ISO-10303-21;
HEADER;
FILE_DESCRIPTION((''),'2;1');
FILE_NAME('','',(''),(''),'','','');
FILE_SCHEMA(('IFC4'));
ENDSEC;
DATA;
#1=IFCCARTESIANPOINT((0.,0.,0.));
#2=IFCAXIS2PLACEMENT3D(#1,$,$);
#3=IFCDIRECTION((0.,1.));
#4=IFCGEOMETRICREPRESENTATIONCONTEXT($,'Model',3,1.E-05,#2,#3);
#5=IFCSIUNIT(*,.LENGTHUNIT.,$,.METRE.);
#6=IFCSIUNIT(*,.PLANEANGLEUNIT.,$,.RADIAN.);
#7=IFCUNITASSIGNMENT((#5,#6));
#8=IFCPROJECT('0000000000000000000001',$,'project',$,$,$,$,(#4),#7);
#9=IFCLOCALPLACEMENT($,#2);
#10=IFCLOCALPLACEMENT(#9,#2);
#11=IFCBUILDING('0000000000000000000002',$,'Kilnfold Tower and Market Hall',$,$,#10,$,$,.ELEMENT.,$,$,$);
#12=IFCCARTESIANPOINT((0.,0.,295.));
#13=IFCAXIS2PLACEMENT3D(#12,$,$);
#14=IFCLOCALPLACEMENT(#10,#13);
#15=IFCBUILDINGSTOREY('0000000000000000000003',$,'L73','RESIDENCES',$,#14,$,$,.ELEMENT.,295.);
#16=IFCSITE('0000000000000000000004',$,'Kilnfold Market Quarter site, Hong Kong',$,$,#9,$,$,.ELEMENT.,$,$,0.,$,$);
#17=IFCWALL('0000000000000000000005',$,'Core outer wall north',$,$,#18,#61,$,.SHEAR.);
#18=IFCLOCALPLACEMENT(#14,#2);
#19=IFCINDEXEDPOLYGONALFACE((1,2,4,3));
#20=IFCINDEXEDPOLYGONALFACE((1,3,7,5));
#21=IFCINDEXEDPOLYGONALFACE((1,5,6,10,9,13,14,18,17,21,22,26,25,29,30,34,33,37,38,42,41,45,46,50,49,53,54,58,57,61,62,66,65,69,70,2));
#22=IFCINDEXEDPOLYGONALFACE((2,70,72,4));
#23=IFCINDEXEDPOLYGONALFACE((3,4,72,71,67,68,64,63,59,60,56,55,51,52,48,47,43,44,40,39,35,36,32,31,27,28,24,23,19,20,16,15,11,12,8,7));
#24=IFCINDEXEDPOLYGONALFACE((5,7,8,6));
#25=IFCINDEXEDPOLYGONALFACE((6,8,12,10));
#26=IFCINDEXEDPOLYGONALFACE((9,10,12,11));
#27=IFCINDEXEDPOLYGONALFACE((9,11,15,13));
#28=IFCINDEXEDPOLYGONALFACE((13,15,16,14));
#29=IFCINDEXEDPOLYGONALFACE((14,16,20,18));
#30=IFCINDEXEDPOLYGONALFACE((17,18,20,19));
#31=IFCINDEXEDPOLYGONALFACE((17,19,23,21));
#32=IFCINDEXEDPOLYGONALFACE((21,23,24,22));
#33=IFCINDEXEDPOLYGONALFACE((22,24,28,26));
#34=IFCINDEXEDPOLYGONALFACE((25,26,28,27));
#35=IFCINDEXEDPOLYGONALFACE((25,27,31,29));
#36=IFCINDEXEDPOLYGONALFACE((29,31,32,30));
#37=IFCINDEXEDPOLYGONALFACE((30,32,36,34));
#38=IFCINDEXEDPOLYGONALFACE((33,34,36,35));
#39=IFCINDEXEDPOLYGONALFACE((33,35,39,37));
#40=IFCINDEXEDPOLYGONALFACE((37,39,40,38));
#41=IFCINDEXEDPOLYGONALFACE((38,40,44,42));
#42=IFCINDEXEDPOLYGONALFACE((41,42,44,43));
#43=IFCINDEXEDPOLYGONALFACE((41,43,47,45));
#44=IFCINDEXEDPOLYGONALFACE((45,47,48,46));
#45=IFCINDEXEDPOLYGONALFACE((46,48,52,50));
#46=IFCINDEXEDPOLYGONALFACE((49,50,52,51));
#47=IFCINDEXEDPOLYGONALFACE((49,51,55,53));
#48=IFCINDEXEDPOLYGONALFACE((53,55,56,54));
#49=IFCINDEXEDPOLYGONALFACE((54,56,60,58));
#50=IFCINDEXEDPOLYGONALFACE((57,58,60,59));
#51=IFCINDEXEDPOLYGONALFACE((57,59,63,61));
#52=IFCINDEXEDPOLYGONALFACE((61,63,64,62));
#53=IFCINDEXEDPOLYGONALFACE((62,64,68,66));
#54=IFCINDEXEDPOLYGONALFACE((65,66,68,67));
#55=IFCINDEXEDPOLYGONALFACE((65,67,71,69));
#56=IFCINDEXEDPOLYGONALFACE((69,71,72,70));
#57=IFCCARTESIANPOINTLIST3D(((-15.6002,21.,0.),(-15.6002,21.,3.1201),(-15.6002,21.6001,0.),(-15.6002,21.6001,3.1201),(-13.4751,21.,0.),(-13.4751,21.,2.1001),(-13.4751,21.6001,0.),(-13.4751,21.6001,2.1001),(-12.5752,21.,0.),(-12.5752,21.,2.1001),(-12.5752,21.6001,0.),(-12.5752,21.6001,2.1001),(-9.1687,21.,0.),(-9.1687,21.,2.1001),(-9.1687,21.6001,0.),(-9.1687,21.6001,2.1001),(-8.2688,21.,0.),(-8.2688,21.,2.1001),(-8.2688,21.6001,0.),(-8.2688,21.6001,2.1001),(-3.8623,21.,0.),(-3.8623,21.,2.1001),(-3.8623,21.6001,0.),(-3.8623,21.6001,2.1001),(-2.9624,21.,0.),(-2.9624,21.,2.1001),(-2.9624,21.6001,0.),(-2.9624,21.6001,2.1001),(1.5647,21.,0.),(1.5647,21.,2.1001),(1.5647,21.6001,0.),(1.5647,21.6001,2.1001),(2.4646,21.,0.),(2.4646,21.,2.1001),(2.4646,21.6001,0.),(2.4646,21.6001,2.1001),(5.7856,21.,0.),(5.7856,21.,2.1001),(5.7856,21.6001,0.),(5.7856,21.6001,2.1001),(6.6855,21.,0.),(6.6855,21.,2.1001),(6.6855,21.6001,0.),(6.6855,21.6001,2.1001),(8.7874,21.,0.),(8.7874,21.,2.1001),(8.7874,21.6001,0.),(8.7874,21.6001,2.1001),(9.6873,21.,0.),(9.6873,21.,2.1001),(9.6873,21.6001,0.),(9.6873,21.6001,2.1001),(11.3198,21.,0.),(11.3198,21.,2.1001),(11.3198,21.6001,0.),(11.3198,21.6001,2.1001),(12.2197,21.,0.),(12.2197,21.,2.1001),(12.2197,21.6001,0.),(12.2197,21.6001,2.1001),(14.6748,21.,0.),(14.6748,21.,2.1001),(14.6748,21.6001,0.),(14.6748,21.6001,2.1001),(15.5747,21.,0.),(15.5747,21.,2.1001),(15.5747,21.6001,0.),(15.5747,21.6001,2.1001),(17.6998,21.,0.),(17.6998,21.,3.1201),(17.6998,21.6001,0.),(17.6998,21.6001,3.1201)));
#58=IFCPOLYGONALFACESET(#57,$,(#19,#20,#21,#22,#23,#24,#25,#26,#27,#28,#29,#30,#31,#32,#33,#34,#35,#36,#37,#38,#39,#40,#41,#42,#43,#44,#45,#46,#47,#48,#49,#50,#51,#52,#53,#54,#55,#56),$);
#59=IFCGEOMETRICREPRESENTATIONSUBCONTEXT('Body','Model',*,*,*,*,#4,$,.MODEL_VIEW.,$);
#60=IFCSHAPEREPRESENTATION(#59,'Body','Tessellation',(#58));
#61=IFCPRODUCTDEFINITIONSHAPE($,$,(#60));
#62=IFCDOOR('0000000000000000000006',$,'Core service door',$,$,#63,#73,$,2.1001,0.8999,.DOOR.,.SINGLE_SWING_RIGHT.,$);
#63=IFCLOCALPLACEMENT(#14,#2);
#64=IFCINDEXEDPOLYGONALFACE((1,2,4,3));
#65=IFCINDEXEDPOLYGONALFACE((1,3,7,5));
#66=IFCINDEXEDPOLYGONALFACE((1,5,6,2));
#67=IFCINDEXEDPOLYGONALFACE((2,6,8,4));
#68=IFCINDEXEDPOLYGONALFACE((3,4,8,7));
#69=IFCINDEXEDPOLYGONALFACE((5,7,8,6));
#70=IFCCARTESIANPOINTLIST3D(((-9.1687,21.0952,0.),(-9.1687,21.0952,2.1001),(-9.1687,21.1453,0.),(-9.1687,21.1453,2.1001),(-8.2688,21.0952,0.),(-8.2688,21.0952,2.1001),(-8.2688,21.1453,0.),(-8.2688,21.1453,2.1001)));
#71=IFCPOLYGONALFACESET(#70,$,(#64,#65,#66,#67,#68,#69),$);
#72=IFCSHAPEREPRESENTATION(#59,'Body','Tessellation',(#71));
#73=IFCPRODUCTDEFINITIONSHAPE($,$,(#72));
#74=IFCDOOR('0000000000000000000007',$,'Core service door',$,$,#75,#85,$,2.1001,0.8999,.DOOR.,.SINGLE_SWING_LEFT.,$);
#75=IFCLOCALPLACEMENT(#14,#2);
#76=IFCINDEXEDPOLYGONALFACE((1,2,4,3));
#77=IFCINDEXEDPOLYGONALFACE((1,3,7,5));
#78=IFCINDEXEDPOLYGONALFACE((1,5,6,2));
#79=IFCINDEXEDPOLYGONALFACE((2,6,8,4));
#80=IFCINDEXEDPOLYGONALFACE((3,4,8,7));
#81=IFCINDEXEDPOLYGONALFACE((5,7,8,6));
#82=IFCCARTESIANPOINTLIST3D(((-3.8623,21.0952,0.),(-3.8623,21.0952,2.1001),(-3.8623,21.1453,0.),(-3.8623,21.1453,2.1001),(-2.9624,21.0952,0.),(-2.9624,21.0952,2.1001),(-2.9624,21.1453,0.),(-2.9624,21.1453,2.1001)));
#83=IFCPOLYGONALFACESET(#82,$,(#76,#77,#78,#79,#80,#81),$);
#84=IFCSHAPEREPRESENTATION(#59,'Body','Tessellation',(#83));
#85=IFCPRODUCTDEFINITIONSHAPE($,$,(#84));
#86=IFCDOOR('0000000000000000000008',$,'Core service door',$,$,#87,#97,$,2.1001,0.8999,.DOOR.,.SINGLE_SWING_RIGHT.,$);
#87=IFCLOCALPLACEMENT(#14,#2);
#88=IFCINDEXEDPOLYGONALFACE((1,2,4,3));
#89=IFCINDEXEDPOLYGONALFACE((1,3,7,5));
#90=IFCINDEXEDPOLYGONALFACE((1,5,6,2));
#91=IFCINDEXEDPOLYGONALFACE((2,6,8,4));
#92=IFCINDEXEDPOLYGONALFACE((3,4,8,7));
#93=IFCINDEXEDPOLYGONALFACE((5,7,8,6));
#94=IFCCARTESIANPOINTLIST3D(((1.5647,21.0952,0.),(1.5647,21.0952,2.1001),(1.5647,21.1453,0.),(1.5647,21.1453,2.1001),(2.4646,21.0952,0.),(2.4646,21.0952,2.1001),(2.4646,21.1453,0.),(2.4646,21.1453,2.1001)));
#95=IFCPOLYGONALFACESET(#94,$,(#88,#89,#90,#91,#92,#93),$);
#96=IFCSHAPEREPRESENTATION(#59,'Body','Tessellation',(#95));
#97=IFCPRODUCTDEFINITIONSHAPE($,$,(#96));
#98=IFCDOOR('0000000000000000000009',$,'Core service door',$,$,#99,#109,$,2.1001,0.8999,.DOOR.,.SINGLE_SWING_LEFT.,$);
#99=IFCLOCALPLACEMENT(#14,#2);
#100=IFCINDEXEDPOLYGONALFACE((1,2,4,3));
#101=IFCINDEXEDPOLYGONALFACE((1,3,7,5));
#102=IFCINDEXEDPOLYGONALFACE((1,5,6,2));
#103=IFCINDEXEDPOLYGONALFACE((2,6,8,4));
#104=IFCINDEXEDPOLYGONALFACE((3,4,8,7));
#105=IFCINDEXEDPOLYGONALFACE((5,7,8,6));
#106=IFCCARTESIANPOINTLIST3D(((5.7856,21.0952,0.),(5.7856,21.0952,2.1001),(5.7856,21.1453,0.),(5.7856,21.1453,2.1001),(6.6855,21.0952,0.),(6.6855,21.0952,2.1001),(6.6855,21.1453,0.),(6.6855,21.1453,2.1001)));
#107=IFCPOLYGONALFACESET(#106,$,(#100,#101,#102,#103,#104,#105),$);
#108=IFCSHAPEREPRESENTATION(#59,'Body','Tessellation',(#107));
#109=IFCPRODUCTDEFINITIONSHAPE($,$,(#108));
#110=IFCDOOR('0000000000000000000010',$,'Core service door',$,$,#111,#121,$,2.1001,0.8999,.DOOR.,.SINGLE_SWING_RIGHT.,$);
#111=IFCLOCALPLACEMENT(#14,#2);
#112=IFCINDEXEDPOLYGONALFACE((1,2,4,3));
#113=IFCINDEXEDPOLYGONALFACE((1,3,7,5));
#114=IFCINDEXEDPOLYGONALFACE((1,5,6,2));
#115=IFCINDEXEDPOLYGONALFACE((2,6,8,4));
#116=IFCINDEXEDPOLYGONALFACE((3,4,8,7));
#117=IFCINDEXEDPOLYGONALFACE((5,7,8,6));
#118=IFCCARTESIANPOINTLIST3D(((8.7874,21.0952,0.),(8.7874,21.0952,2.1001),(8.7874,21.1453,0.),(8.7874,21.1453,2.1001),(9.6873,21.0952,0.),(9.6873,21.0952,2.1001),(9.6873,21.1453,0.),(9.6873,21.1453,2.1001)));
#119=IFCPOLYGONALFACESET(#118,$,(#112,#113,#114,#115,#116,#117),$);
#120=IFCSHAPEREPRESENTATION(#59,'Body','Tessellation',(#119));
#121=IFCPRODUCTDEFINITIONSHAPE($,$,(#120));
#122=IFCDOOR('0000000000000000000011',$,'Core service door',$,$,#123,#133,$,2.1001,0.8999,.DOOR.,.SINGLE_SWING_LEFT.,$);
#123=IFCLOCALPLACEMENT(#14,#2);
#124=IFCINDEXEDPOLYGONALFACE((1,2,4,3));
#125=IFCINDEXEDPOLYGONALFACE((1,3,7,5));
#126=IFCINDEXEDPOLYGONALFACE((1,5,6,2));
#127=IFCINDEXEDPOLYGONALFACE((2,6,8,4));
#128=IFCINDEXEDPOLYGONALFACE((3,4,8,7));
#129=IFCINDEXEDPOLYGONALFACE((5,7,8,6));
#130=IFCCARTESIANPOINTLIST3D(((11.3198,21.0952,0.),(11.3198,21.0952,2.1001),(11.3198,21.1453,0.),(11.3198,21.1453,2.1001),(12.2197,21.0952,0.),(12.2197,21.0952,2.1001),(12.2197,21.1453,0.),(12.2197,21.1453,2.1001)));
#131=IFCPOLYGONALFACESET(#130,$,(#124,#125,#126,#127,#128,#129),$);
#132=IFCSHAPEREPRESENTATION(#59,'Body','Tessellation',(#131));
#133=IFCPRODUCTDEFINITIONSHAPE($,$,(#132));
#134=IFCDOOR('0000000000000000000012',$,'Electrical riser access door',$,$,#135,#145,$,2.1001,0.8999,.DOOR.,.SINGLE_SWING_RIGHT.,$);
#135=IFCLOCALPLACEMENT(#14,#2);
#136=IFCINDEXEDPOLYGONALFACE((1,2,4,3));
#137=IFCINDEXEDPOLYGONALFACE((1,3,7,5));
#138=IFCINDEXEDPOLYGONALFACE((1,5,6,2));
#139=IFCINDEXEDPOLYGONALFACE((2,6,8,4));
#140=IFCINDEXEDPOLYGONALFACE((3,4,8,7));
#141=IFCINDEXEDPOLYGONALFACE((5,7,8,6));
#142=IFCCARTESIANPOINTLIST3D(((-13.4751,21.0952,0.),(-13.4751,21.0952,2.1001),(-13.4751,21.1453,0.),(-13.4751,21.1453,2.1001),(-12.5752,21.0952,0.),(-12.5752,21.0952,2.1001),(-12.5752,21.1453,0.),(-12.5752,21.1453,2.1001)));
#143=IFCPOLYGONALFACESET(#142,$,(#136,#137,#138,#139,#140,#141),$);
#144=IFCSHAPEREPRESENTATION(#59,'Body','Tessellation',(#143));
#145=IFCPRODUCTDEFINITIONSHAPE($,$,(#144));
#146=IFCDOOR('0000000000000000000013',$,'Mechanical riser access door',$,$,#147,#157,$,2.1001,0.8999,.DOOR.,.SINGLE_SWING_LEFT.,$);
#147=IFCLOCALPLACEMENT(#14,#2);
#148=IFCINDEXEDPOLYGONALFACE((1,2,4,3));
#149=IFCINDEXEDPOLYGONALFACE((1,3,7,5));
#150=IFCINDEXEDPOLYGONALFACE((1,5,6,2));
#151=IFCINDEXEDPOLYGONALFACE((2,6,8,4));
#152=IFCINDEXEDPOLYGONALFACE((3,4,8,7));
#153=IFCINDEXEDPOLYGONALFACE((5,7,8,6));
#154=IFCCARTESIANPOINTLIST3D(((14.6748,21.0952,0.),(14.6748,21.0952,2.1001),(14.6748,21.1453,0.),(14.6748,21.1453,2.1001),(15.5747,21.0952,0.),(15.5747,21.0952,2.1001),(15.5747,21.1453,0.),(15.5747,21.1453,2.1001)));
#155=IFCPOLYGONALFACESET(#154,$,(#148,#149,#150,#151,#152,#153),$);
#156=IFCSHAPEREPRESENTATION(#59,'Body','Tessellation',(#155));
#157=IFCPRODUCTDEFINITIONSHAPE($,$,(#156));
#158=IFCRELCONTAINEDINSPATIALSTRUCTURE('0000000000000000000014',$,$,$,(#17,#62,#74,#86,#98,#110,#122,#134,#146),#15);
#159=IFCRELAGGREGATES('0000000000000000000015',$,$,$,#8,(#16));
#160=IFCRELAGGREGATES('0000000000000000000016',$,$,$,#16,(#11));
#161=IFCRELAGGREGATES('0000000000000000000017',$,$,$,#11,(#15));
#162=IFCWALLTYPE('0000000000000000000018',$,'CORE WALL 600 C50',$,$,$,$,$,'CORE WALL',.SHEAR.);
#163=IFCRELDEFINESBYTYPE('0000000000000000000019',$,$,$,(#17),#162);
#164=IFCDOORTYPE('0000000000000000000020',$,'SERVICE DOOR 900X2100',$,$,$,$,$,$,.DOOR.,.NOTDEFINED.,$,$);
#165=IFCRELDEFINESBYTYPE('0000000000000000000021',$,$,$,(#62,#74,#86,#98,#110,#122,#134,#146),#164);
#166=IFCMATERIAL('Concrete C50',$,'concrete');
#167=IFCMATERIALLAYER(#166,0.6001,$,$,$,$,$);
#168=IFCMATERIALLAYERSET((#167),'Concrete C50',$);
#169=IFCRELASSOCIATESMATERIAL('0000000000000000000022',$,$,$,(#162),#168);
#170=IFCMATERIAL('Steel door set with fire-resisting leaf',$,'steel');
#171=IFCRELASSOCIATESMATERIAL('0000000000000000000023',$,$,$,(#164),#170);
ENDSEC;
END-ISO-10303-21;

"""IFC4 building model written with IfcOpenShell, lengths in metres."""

from ifc_helpers import new_model, si_unit, direction, frame, frame_2d, origin, place, context, subcontext, project, spatial, rectangle, extrude, source, transform, mapped, material, layer, layer_set, type_object, element, fill, save


model = new_model("IFC4")

# Units and contexts
model_context = context("Model", 3, precision=1e-05, world=origin(), true_north=direction((0.0, 1.0)))
body_context = subcontext(model_context, "Body", "Model", "MODEL_VIEW")
ifc_project = project(units=[si_unit("LENGTHUNIT", "METRE"), si_unit("PLANEANGLEUNIT", "RADIAN")], contexts=[model_context])

# Site, building, storey
site_placement = place(None, origin())
site = spatial("IfcSite", under=ifc_project, at=site_placement, Name="Kilnfold Market Quarter site, Hong Kong", CompositionType="ELEMENT", RefElevation=0.0)
building_placement = place(site_placement, origin())
building = spatial("IfcBuilding", under=site, at=building_placement, Name="Kilnfold Tower and Market Hall", CompositionType="ELEMENT")
storey_placement = place(building_placement, frame((0.0, 0.0, 295.0)))
storey = spatial("IfcBuildingStorey", under=building, at=storey_placement, Name="L73", Description="RESIDENCES", CompositionType="ELEMENT", Elevation=295.0)

# Wall, openings, doors
ifc_material_1 = material(Name="Concrete C50", Category="concrete")
ifc_layer_1 = layer(ifc_material_1, 0.6001)
ifc_layer_set_1 = layer_set([ifc_layer_1], Name="Concrete C50")
wall_type_1 = type_object("IfcWallType", Name="CORE WALL 600 C50", ElementType="CORE WALL", PredefinedType="SHEAR", material=ifc_layer_set_1)
shared_shape_1 = source(origin(), body_context, "Body", "SweptSolid", [
    extrude(rectangle(XDim=33.3, YDim=0.6001, at=frame_2d((16.6499, 0.0))), origin(), (0.0, 0.0, 1.0), 3.1201),
])
wall_1_placement = place(storey_placement, frame((-15.6001, 21.3, 0.0), z_axis=(0.0, 0.0, 1.0), x_axis=(1.0, 0.0, 0.0)))
wall_1 = element("IfcWall", 1, at=wall_1_placement, inside=storey, type_object=wall_type_1, Name="Core outer wall north", PredefinedType="SHEAR", context=body_context, shape_type="MappedRepresentation", body=[
    mapped(shared_shape_1, transform((0.0, 0.0, 0.0))),
])
opening_1_placement = place(wall_1_placement, frame((6.4314, 0.0, 0.0)))
opening_1 = element("IfcOpeningElement", 2, at=opening_1_placement, cuts=wall_1, PredefinedType="OPENING", context=body_context, shape_type="SweptSolid", body=[
    extrude(rectangle(XDim=0.8999, YDim=2.1001, at=frame_2d((0.45, 1.05))), frame((0.0, 0.3101, 0.0), z_axis=(0.0, -1.0, 0.0), x_axis=(1.0, 0.0, 0.0)), (0.0, 0.0, 1.0), 0.6201),
])
opening_2_placement = place(wall_1_placement, frame((11.7378, 0.0, 0.0)))
opening_2 = element("IfcOpeningElement", 3, at=opening_2_placement, cuts=wall_1, PredefinedType="OPENING", context=body_context, shape_type="SweptSolid", body=[
    extrude(rectangle(XDim=0.8999, YDim=2.1001, at=frame_2d((0.45, 1.05))), frame((0.0, 0.3101, 0.0), z_axis=(0.0, -1.0, 0.0), x_axis=(1.0, 0.0, 0.0)), (0.0, 0.0, 1.0), 0.6201),
])
opening_3_placement = place(wall_1_placement, frame((17.1648, 0.0, 0.0)))
opening_3 = element("IfcOpeningElement", 4, at=opening_3_placement, cuts=wall_1, PredefinedType="OPENING", context=body_context, shape_type="SweptSolid", body=[
    extrude(rectangle(XDim=0.8999, YDim=2.1001, at=frame_2d((0.45, 1.05))), frame((0.0, 0.3101, 0.0), z_axis=(0.0, -1.0, 0.0), x_axis=(1.0, 0.0, 0.0)), (0.0, 0.0, 1.0), 0.6201),
])
opening_4_placement = place(wall_1_placement, frame((21.3857, 0.0, 0.0)))
opening_4 = element("IfcOpeningElement", 5, at=opening_4_placement, cuts=wall_1, PredefinedType="OPENING", context=body_context, shape_type="SweptSolid", body=[
    extrude(rectangle(XDim=0.8999, YDim=2.1001, at=frame_2d((0.45, 1.05))), frame((0.0, 0.3101, 0.0), z_axis=(0.0, -1.0, 0.0), x_axis=(1.0, 0.0, 0.0)), (0.0, 0.0, 1.0), 0.6201),
])
opening_5_placement = place(wall_1_placement, frame((24.3875, 0.0, 0.0)))
opening_5 = element("IfcOpeningElement", 6, at=opening_5_placement, cuts=wall_1, PredefinedType="OPENING", context=body_context, shape_type="SweptSolid", body=[
    extrude(rectangle(XDim=0.8999, YDim=2.1001, at=frame_2d((0.45, 1.05))), frame((0.0, 0.3101, 0.0), z_axis=(0.0, -1.0, 0.0), x_axis=(1.0, 0.0, 0.0)), (0.0, 0.0, 1.0), 0.6201),
])
opening_6_placement = place(wall_1_placement, frame((26.9199, 0.0, 0.0)))
opening_6 = element("IfcOpeningElement", 7, at=opening_6_placement, cuts=wall_1, PredefinedType="OPENING", context=body_context, shape_type="SweptSolid", body=[
    extrude(rectangle(XDim=0.8999, YDim=2.1001, at=frame_2d((0.45, 1.05))), frame((0.0, 0.3101, 0.0), z_axis=(0.0, -1.0, 0.0), x_axis=(1.0, 0.0, 0.0)), (0.0, 0.0, 1.0), 0.6201),
])
opening_7_placement = place(wall_1_placement, frame((2.125, 0.0, 0.0)))
opening_7 = element("IfcOpeningElement", 8, at=opening_7_placement, cuts=wall_1, PredefinedType="OPENING", context=body_context, shape_type="SweptSolid", body=[
    extrude(rectangle(XDim=0.8999, YDim=2.1001, at=frame_2d((0.45, 1.05))), frame((0.0, 0.3101, 0.0), z_axis=(0.0, -1.0, 0.0), x_axis=(1.0, 0.0, 0.0)), (0.0, 0.0, 1.0), 0.6201),
])
opening_8_placement = place(wall_1_placement, frame((30.2749, 0.0, 0.0)))
opening_8 = element("IfcOpeningElement", 9, at=opening_8_placement, cuts=wall_1, PredefinedType="OPENING", context=body_context, shape_type="SweptSolid", body=[
    extrude(rectangle(XDim=0.8999, YDim=2.1001, at=frame_2d((0.45, 1.05))), frame((0.0, 0.3101, 0.0), z_axis=(0.0, -1.0, 0.0), x_axis=(1.0, 0.0, 0.0)), (0.0, 0.0, 1.0), 0.6201),
])
ifc_material_2 = material(Name="Steel door set with fire-resisting leaf", Category="steel")
door_type = type_object("IfcDoorType", Name="SERVICE DOOR 900X2100", OperationType="NOTDEFINED", PredefinedType="DOOR", material=ifc_material_2)
door_1_placement = place(opening_1_placement, origin())
door_1 = element("IfcDoor", 10, at=door_1_placement, inside=storey, type_object=door_type, Name="Core service door", OperationType="SINGLE_SWING_RIGHT", OverallHeight=2.1001, OverallWidth=0.8999, PredefinedType="DOOR", context=body_context, shape_type="SweptSolid", body=[
    extrude(rectangle(XDim=0.8999, YDim=2.1001, at=frame_2d((0.45, 1.05))), frame((0.0, -0.1548, 0.0), z_axis=(0.0, -1.0, 0.0), x_axis=(1.0, 0.0, 0.0)), (0.0, 0.0, 1.0), 0.05),
])
fill(opening_1, door_1)
door_2_placement = place(opening_2_placement, origin())
door_2 = element("IfcDoor", 11, at=door_2_placement, inside=storey, type_object=door_type, Name="Core service door", OperationType="SINGLE_SWING_LEFT", OverallHeight=2.1001, OverallWidth=0.8999, PredefinedType="DOOR", context=body_context, shape_type="SweptSolid", body=[
    extrude(rectangle(XDim=0.8999, YDim=2.1001, at=frame_2d((0.45, 1.05))), frame((0.0, -0.1548, 0.0), z_axis=(0.0, -1.0, 0.0), x_axis=(1.0, 0.0, 0.0)), (0.0, 0.0, 1.0), 0.05),
])
fill(opening_2, door_2)
door_3_placement = place(opening_3_placement, origin())
door_3 = element("IfcDoor", 12, at=door_3_placement, inside=storey, type_object=door_type, Name="Core service door", OperationType="SINGLE_SWING_RIGHT", OverallHeight=2.1001, OverallWidth=0.8999, PredefinedType="DOOR", context=body_context, shape_type="SweptSolid", body=[
    extrude(rectangle(XDim=0.8999, YDim=2.1001, at=frame_2d((0.45, 1.05))), frame((0.0, -0.1548, 0.0), z_axis=(0.0, -1.0, 0.0), x_axis=(1.0, 0.0, 0.0)), (0.0, 0.0, 1.0), 0.05),
])
fill(opening_3, door_3)
door_4_placement = place(opening_4_placement, origin())
door_4 = element("IfcDoor", 13, at=door_4_placement, inside=storey, type_object=door_type, Name="Core service door", OperationType="SINGLE_SWING_LEFT", OverallHeight=2.1001, OverallWidth=0.8999, PredefinedType="DOOR", context=body_context, shape_type="SweptSolid", body=[
    extrude(rectangle(XDim=0.8999, YDim=2.1001, at=frame_2d((0.45, 1.05))), frame((0.0, -0.1548, 0.0), z_axis=(0.0, -1.0, 0.0), x_axis=(1.0, 0.0, 0.0)), (0.0, 0.0, 1.0), 0.05),
])
fill(opening_4, door_4)
door_5_placement = place(opening_5_placement, origin())
door_5 = element("IfcDoor", 14, at=door_5_placement, inside=storey, type_object=door_type, Name="Core service door", OperationType="SINGLE_SWING_RIGHT", OverallHeight=2.1001, OverallWidth=0.8999, PredefinedType="DOOR", context=body_context, shape_type="SweptSolid", body=[
    extrude(rectangle(XDim=0.8999, YDim=2.1001, at=frame_2d((0.45, 1.05))), frame((0.0, -0.1548, 0.0), z_axis=(0.0, -1.0, 0.0), x_axis=(1.0, 0.0, 0.0)), (0.0, 0.0, 1.0), 0.05),
])
fill(opening_5, door_5)
door_6_placement = place(opening_6_placement, origin())
door_6 = element("IfcDoor", 15, at=door_6_placement, inside=storey, type_object=door_type, Name="Core service door", OperationType="SINGLE_SWING_LEFT", OverallHeight=2.1001, OverallWidth=0.8999, PredefinedType="DOOR", context=body_context, shape_type="SweptSolid", body=[
    extrude(rectangle(XDim=0.8999, YDim=2.1001, at=frame_2d((0.45, 1.05))), frame((0.0, -0.1548, 0.0), z_axis=(0.0, -1.0, 0.0), x_axis=(1.0, 0.0, 0.0)), (0.0, 0.0, 1.0), 0.05),
])
fill(opening_6, door_6)
door_7_placement = place(opening_7_placement, origin())
door_7 = element("IfcDoor", 16, at=door_7_placement, inside=storey, type_object=door_type, Name="Electrical riser access door", OperationType="SINGLE_SWING_RIGHT", OverallHeight=2.1001, OverallWidth=0.8999, PredefinedType="DOOR", context=body_context, shape_type="SweptSolid", body=[
    extrude(rectangle(XDim=0.8999, YDim=2.1001, at=frame_2d((0.45, 1.05))), frame((0.0, -0.1548, 0.0), z_axis=(0.0, -1.0, 0.0), x_axis=(1.0, 0.0, 0.0)), (0.0, 0.0, 1.0), 0.05),
])
fill(opening_7, door_7)
door_8_placement = place(opening_8_placement, origin())
door_8 = element("IfcDoor", 17, at=door_8_placement, inside=storey, type_object=door_type, Name="Mechanical riser access door", OperationType="SINGLE_SWING_LEFT", OverallHeight=2.1001, OverallWidth=0.8999, PredefinedType="DOOR", context=body_context, shape_type="SweptSolid", body=[
    extrude(rectangle(XDim=0.8999, YDim=2.1001, at=frame_2d((0.45, 1.05))), frame((0.0, -0.1548, 0.0), z_axis=(0.0, -1.0, 0.0), x_axis=(1.0, 0.0, 0.0)), (0.0, 0.0, 1.0), 0.05),
])
fill(opening_8, door_8)

save(model, "model.ifc")
